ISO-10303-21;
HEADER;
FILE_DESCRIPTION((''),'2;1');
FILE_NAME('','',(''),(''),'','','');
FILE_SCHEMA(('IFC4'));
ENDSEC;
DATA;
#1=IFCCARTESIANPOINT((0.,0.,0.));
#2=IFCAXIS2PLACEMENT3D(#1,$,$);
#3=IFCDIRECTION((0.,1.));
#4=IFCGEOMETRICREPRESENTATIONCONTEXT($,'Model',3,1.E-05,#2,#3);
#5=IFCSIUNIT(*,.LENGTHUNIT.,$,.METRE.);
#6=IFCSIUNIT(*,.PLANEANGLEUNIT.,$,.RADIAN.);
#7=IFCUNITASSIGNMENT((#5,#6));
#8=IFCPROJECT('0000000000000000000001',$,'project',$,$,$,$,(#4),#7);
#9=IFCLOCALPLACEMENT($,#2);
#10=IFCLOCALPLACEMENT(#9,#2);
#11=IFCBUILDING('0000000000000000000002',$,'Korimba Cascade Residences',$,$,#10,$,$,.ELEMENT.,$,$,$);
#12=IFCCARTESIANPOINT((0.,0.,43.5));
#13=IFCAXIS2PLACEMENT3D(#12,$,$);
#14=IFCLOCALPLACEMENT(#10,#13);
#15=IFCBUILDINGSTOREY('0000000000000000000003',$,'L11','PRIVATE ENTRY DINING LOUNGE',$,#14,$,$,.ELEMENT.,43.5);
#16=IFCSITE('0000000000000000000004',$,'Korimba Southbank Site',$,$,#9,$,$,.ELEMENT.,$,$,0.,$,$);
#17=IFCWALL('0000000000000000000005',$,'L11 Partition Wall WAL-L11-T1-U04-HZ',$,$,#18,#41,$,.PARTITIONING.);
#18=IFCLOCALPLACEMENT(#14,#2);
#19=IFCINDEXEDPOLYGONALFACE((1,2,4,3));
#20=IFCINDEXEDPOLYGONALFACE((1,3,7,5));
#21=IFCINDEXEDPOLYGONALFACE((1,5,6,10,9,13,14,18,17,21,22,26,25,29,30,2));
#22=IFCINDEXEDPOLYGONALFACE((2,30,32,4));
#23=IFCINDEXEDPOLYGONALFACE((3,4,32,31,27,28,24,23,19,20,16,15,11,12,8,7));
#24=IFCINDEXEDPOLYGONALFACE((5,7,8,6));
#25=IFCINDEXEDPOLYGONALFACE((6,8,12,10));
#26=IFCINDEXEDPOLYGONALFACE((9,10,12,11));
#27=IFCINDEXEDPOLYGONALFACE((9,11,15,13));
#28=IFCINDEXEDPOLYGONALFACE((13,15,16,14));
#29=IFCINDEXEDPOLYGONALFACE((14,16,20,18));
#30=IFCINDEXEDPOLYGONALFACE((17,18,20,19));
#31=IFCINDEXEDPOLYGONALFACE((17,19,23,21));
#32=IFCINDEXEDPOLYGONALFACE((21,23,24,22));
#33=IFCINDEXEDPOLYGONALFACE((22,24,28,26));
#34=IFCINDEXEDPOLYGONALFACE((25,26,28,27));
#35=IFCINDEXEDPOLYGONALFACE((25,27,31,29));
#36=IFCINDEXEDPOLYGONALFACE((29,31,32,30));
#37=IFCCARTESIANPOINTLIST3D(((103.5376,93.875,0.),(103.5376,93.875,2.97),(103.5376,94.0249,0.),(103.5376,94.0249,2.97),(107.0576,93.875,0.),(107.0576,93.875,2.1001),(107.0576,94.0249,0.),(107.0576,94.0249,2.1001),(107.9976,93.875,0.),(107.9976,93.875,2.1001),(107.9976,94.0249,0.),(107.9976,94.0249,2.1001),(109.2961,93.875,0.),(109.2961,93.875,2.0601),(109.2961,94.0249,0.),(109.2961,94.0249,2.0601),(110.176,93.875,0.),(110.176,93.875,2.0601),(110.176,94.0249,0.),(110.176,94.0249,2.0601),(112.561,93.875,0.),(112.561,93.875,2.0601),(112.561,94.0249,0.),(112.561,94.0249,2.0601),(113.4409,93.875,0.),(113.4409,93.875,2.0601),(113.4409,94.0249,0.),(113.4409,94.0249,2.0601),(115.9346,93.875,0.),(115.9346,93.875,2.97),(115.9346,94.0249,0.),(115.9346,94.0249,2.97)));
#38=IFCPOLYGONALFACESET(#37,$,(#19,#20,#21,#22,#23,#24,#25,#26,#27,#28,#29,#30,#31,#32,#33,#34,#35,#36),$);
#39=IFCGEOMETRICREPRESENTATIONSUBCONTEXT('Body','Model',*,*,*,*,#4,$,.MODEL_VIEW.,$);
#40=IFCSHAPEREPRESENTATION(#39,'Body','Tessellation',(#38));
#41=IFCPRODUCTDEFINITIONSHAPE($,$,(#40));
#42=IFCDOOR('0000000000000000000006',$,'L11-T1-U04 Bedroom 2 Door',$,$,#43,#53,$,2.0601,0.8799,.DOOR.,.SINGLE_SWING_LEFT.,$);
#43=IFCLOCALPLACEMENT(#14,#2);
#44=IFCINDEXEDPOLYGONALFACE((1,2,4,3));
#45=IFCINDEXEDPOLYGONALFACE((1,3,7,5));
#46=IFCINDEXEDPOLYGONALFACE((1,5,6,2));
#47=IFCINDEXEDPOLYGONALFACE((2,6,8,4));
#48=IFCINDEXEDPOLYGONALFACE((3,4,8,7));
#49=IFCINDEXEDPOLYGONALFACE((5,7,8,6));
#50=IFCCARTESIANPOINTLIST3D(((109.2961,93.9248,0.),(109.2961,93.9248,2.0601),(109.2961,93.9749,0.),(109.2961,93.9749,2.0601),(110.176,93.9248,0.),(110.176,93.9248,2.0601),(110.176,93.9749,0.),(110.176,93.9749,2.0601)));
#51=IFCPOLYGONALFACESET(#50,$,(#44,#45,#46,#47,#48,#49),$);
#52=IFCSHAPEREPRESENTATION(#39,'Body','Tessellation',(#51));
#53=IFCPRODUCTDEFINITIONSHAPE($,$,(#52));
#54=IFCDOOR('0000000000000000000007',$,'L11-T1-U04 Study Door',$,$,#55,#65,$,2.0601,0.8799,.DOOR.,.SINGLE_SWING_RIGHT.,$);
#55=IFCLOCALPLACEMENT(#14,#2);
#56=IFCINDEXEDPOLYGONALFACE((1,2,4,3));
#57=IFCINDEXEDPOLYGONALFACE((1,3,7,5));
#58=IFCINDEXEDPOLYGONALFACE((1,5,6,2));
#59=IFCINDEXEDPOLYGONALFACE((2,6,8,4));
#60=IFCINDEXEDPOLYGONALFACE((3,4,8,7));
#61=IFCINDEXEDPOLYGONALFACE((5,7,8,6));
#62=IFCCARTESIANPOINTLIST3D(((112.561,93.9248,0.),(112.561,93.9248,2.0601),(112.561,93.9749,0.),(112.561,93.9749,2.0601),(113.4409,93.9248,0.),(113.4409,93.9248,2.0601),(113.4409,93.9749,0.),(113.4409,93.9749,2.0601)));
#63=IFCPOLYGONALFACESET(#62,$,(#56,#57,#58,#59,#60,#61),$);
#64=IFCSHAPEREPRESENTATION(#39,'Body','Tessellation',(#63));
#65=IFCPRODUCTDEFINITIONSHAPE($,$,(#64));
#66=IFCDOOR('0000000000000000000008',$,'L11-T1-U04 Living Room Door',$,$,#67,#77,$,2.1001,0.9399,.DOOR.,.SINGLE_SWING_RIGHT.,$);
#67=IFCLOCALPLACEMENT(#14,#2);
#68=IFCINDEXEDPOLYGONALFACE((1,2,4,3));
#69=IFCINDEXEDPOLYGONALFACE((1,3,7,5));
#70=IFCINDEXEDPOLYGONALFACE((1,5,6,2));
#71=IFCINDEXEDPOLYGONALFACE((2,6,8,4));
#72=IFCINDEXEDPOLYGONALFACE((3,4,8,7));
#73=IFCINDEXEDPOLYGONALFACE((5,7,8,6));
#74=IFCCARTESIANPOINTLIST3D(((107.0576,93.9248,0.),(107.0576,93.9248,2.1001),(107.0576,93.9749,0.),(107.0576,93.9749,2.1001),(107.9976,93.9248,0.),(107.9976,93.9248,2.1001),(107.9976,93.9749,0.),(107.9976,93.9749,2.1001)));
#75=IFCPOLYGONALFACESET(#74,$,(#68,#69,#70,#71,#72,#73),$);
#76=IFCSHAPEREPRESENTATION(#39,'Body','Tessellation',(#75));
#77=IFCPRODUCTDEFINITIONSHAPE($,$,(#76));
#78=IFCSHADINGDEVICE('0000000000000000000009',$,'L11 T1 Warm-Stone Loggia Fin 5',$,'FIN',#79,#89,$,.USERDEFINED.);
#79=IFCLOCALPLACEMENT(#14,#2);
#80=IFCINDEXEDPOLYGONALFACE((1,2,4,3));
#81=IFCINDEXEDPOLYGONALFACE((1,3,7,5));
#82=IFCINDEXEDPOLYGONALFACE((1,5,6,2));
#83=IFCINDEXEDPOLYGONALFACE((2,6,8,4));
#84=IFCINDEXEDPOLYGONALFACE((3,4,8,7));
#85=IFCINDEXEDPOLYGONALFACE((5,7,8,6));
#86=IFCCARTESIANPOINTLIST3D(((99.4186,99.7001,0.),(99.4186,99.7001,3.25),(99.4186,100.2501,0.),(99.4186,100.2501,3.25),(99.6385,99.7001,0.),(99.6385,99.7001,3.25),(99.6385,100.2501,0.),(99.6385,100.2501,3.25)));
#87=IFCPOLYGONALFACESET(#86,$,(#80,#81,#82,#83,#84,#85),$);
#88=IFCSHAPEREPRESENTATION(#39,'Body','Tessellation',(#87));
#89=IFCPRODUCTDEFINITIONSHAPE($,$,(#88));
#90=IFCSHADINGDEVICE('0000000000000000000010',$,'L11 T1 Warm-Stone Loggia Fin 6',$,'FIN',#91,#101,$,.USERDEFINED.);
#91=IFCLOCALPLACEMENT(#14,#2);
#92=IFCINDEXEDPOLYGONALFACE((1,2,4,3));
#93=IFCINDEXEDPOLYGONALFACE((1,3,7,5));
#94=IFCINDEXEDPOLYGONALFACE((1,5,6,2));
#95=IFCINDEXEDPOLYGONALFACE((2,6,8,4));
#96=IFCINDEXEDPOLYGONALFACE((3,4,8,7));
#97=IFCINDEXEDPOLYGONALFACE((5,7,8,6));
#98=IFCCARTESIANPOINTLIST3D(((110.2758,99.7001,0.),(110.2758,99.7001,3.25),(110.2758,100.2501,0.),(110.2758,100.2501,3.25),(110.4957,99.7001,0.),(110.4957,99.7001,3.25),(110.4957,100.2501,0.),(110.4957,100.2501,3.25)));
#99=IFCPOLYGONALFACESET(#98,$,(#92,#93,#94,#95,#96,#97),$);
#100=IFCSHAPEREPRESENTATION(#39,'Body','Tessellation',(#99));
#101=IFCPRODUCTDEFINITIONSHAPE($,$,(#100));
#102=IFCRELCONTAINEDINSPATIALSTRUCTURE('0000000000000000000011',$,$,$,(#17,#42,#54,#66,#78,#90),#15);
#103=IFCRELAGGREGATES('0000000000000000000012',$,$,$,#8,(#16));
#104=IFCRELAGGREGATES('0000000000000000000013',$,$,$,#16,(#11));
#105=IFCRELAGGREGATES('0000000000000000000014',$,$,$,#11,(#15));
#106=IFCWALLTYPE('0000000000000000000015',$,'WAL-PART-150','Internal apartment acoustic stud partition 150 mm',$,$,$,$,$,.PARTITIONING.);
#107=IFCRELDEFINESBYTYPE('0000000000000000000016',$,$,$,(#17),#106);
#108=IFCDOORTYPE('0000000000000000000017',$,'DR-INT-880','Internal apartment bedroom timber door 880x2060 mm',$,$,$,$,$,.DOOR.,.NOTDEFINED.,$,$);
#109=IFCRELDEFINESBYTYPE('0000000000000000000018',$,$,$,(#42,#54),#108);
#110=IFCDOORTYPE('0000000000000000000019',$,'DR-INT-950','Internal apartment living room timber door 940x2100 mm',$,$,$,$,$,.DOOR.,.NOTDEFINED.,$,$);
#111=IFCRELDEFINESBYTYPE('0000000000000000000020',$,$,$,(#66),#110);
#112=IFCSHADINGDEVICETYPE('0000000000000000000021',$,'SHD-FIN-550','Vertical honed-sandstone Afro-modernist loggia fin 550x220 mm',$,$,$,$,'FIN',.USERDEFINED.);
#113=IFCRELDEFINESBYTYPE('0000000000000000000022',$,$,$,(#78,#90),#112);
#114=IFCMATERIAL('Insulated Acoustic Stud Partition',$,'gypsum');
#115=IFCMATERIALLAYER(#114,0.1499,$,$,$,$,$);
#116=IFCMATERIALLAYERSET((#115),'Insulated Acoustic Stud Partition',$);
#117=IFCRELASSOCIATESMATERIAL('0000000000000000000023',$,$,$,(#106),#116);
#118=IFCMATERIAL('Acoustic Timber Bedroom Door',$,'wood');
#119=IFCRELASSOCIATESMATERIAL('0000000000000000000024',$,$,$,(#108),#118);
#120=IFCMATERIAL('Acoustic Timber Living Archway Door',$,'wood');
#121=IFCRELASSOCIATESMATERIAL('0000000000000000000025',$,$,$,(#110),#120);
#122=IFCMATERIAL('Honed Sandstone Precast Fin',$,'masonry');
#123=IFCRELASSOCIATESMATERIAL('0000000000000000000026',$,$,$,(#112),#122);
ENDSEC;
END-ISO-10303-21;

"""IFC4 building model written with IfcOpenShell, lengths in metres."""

from ifc_helpers import new_model, si_unit, direction, frame, frame_2d, origin, origin_2d, place, context, subcontext, project, spatial, rectangle, extrude, material, layer, layer_set, type_object, element, fill, save


model = new_model("IFC4")

# Units and contexts
model_context = context("Model", 3, precision=1e-05, world=origin(), true_north=direction((0.0, 1.0)))
body_context = subcontext(model_context, "Body", "Model", "MODEL_VIEW")
ifc_project = project(units=[si_unit("LENGTHUNIT", "METRE"), si_unit("PLANEANGLEUNIT", "RADIAN")], contexts=[model_context])

# Site, building, storey
site_placement = place(None, origin())
site = spatial("IfcSite", under=ifc_project, at=site_placement, Name="Korimba Southbank Site", CompositionType="ELEMENT", RefElevation=0.0)
building_placement = place(site_placement, origin())
building = spatial("IfcBuilding", under=site, at=building_placement, Name="Korimba Cascade Residences", CompositionType="ELEMENT")
storey_placement = place(building_placement, frame((0.0, 0.0, 43.5)))
storey = spatial("IfcBuildingStorey", under=building, at=storey_placement, Name="L11", Description="PRIVATE ENTRY DINING LOUNGE", CompositionType="ELEMENT", Elevation=43.5)

# Shared definitions
ifc_material_1 = material(Name="Insulated Acoustic Stud Partition", Category="gypsum")
ifc_layer = layer(ifc_material_1, 0.1499)
ifc_layer_set = layer_set([ifc_layer], Name="Insulated Acoustic Stud Partition")
wall_type = type_object("IfcWallType", Name="WAL-PART-150", Description="Internal apartment acoustic stud partition 150 mm", PredefinedType="PARTITIONING", material=ifc_layer_set)

# Wall, openings, doors
wall_1_placement = place(storey_placement, frame((103.5376, 93.95, 0.0), z_axis=(0.0, 0.0, 1.0), x_axis=(1.0, 0.0, 0.0)))
wall_1 = element("IfcWall", 1, at=wall_1_placement, inside=storey, type_object=wall_type, Name="L11 Partition Wall WAL-L11-T1-U04-HZ", PredefinedType="PARTITIONING", context=body_context, shape_type="SweptSolid", body=[
    extrude(rectangle(XDim=12.397, YDim=0.1499, at=frame_2d((6.1985, 0.0))), origin(), (0.0, 0.0, 1.0), 2.97),
])
opening_1_placement = place(wall_1_placement, frame((3.52, 0.0, 0.0)))
opening_1 = element("IfcOpeningElement", 2, at=opening_1_placement, cuts=wall_1, PredefinedType="OPENING", context=body_context, shape_type="SweptSolid", body=[
    extrude(rectangle(XDim=0.9399, YDim=2.1001, at=frame_2d((0.47, 1.05))), frame((0.0, 0.085, 0.0), z_axis=(0.0, -1.0, 0.0), x_axis=(1.0, 0.0, 0.0)), (0.0, 0.0, 1.0), 0.1699),
])
opening_2_placement = place(wall_1_placement, frame((5.7585, 0.0, 0.0)))
opening_2 = element("IfcOpeningElement", 3, at=opening_2_placement, cuts=wall_1, PredefinedType="OPENING", context=body_context, shape_type="SweptSolid", body=[
    extrude(rectangle(XDim=0.8799, YDim=2.0601, at=frame_2d((0.4399, 1.03))), frame((0.0, 0.085, 0.0), z_axis=(0.0, -1.0, 0.0), x_axis=(1.0, 0.0, 0.0)), (0.0, 0.0, 1.0), 0.1699),
])
opening_3_placement = place(wall_1_placement, frame((9.0234, 0.0, 0.0)))
opening_3 = element("IfcOpeningElement", 4, at=opening_3_placement, cuts=wall_1, PredefinedType="OPENING", context=body_context, shape_type="SweptSolid", body=[
    extrude(rectangle(XDim=0.8799, YDim=2.0601, at=frame_2d((0.4399, 1.03))), frame((0.0, 0.085, 0.0), z_axis=(0.0, -1.0, 0.0), x_axis=(1.0, 0.0, 0.0)), (0.0, 0.0, 1.0), 0.1699),
])
ifc_material_2 = material(Name="Acoustic Timber Bedroom Door", Category="wood")
door_type_1 = type_object("IfcDoorType", Name="DR-INT-880", Description="Internal apartment bedroom timber door 880x2060 mm", OperationType="NOTDEFINED", PredefinedType="DOOR", material=ifc_material_2)
door_1_placement = place(opening_2_placement, origin())
door_1 = element("IfcDoor", 5, at=door_1_placement, inside=storey, type_object=door_type_1, Name="L11-T1-U04 Bedroom 2 Door", OperationType="SINGLE_SWING_LEFT", OverallHeight=2.0601, OverallWidth=0.8799, PredefinedType="DOOR", context=body_context, shape_type="SweptSolid", body=[
    extrude(rectangle(XDim=0.8799, YDim=2.0601, at=frame_2d((0.4399, 1.03))), frame((0.0, 0.0249, 0.0), z_axis=(0.0, -1.0, 0.0), x_axis=(1.0, 0.0, 0.0)), (0.0, 0.0, 1.0), 0.05),
])
fill(opening_2, door_1)
door_2_placement = place(opening_3_placement, origin())
door_2 = element("IfcDoor", 6, at=door_2_placement, inside=storey, type_object=door_type_1, Name="L11-T1-U04 Study Door", OperationType="SINGLE_SWING_RIGHT", OverallHeight=2.0601, OverallWidth=0.8799, PredefinedType="DOOR", context=body_context, shape_type="SweptSolid", body=[
    extrude(rectangle(XDim=0.8799, YDim=2.0601, at=frame_2d((0.4399, 1.03))), frame((0.0, 0.0249, 0.0), z_axis=(0.0, -1.0, 0.0), x_axis=(1.0, 0.0, 0.0)), (0.0, 0.0, 1.0), 0.05),
])
fill(opening_3, door_2)
ifc_material_3 = material(Name="Acoustic Timber Living Archway Door", Category="wood")
door_type_2 = type_object("IfcDoorType", Name="DR-INT-950", Description="Internal apartment living room timber door 940x2100 mm", OperationType="NOTDEFINED", PredefinedType="DOOR", material=ifc_material_3)
door_3_placement = place(opening_1_placement, origin())
door_3 = element("IfcDoor", 7, at=door_3_placement, inside=storey, type_object=door_type_2, Name="L11-T1-U04 Living Room Door", OperationType="SINGLE_SWING_RIGHT", OverallHeight=2.1001, OverallWidth=0.9399, PredefinedType="DOOR", context=body_context, shape_type="SweptSolid", body=[
    extrude(rectangle(XDim=0.9399, YDim=2.1001, at=frame_2d((0.47, 1.05))), frame((0.0, 0.0249, 0.0), z_axis=(0.0, -1.0, 0.0), x_axis=(1.0, 0.0, 0.0)), (0.0, 0.0, 1.0), 0.05),
])
fill(opening_1, door_3)

# Shading devices
ifc_material_4 = material(Name="Honed Sandstone Precast Fin", Category="masonry")
shading_device_type = type_object("IfcShadingDeviceType", Name="SHD-FIN-550", Description="Vertical honed-sandstone Afro-modernist loggia fin 550x220 mm", ElementType="FIN", PredefinedType="USERDEFINED", material=ifc_material_4)
for number, where, z_axis, x_axis, name in (
    (8, (99.5286, 99.9751, 0.0), (0.0, 0.0, 1.0), (1.0, 0.0, 0.0), "L11 T1 Warm-Stone Loggia Fin 5"),
    (9, (110.3857, 99.9751, 0.0), (0.0, 0.0, 1.0), (1.0, 0.0, 0.0), "L11 T1 Warm-Stone Loggia Fin 6"),
):
    element("IfcShadingDevice", number, at=place(storey_placement, frame(where, z_axis=z_axis, x_axis=x_axis)), inside=storey, type_object=shading_device_type, Name=name, ObjectType="FIN", PredefinedType="USERDEFINED", context=body_context, shape_type="SweptSolid", body=[
        extrude(rectangle(XDim=0.22, YDim=0.55, at=origin_2d()), origin(), (0.0, 0.0, 1.0), 3.25),
    ])

save(model, "model.ifc")
